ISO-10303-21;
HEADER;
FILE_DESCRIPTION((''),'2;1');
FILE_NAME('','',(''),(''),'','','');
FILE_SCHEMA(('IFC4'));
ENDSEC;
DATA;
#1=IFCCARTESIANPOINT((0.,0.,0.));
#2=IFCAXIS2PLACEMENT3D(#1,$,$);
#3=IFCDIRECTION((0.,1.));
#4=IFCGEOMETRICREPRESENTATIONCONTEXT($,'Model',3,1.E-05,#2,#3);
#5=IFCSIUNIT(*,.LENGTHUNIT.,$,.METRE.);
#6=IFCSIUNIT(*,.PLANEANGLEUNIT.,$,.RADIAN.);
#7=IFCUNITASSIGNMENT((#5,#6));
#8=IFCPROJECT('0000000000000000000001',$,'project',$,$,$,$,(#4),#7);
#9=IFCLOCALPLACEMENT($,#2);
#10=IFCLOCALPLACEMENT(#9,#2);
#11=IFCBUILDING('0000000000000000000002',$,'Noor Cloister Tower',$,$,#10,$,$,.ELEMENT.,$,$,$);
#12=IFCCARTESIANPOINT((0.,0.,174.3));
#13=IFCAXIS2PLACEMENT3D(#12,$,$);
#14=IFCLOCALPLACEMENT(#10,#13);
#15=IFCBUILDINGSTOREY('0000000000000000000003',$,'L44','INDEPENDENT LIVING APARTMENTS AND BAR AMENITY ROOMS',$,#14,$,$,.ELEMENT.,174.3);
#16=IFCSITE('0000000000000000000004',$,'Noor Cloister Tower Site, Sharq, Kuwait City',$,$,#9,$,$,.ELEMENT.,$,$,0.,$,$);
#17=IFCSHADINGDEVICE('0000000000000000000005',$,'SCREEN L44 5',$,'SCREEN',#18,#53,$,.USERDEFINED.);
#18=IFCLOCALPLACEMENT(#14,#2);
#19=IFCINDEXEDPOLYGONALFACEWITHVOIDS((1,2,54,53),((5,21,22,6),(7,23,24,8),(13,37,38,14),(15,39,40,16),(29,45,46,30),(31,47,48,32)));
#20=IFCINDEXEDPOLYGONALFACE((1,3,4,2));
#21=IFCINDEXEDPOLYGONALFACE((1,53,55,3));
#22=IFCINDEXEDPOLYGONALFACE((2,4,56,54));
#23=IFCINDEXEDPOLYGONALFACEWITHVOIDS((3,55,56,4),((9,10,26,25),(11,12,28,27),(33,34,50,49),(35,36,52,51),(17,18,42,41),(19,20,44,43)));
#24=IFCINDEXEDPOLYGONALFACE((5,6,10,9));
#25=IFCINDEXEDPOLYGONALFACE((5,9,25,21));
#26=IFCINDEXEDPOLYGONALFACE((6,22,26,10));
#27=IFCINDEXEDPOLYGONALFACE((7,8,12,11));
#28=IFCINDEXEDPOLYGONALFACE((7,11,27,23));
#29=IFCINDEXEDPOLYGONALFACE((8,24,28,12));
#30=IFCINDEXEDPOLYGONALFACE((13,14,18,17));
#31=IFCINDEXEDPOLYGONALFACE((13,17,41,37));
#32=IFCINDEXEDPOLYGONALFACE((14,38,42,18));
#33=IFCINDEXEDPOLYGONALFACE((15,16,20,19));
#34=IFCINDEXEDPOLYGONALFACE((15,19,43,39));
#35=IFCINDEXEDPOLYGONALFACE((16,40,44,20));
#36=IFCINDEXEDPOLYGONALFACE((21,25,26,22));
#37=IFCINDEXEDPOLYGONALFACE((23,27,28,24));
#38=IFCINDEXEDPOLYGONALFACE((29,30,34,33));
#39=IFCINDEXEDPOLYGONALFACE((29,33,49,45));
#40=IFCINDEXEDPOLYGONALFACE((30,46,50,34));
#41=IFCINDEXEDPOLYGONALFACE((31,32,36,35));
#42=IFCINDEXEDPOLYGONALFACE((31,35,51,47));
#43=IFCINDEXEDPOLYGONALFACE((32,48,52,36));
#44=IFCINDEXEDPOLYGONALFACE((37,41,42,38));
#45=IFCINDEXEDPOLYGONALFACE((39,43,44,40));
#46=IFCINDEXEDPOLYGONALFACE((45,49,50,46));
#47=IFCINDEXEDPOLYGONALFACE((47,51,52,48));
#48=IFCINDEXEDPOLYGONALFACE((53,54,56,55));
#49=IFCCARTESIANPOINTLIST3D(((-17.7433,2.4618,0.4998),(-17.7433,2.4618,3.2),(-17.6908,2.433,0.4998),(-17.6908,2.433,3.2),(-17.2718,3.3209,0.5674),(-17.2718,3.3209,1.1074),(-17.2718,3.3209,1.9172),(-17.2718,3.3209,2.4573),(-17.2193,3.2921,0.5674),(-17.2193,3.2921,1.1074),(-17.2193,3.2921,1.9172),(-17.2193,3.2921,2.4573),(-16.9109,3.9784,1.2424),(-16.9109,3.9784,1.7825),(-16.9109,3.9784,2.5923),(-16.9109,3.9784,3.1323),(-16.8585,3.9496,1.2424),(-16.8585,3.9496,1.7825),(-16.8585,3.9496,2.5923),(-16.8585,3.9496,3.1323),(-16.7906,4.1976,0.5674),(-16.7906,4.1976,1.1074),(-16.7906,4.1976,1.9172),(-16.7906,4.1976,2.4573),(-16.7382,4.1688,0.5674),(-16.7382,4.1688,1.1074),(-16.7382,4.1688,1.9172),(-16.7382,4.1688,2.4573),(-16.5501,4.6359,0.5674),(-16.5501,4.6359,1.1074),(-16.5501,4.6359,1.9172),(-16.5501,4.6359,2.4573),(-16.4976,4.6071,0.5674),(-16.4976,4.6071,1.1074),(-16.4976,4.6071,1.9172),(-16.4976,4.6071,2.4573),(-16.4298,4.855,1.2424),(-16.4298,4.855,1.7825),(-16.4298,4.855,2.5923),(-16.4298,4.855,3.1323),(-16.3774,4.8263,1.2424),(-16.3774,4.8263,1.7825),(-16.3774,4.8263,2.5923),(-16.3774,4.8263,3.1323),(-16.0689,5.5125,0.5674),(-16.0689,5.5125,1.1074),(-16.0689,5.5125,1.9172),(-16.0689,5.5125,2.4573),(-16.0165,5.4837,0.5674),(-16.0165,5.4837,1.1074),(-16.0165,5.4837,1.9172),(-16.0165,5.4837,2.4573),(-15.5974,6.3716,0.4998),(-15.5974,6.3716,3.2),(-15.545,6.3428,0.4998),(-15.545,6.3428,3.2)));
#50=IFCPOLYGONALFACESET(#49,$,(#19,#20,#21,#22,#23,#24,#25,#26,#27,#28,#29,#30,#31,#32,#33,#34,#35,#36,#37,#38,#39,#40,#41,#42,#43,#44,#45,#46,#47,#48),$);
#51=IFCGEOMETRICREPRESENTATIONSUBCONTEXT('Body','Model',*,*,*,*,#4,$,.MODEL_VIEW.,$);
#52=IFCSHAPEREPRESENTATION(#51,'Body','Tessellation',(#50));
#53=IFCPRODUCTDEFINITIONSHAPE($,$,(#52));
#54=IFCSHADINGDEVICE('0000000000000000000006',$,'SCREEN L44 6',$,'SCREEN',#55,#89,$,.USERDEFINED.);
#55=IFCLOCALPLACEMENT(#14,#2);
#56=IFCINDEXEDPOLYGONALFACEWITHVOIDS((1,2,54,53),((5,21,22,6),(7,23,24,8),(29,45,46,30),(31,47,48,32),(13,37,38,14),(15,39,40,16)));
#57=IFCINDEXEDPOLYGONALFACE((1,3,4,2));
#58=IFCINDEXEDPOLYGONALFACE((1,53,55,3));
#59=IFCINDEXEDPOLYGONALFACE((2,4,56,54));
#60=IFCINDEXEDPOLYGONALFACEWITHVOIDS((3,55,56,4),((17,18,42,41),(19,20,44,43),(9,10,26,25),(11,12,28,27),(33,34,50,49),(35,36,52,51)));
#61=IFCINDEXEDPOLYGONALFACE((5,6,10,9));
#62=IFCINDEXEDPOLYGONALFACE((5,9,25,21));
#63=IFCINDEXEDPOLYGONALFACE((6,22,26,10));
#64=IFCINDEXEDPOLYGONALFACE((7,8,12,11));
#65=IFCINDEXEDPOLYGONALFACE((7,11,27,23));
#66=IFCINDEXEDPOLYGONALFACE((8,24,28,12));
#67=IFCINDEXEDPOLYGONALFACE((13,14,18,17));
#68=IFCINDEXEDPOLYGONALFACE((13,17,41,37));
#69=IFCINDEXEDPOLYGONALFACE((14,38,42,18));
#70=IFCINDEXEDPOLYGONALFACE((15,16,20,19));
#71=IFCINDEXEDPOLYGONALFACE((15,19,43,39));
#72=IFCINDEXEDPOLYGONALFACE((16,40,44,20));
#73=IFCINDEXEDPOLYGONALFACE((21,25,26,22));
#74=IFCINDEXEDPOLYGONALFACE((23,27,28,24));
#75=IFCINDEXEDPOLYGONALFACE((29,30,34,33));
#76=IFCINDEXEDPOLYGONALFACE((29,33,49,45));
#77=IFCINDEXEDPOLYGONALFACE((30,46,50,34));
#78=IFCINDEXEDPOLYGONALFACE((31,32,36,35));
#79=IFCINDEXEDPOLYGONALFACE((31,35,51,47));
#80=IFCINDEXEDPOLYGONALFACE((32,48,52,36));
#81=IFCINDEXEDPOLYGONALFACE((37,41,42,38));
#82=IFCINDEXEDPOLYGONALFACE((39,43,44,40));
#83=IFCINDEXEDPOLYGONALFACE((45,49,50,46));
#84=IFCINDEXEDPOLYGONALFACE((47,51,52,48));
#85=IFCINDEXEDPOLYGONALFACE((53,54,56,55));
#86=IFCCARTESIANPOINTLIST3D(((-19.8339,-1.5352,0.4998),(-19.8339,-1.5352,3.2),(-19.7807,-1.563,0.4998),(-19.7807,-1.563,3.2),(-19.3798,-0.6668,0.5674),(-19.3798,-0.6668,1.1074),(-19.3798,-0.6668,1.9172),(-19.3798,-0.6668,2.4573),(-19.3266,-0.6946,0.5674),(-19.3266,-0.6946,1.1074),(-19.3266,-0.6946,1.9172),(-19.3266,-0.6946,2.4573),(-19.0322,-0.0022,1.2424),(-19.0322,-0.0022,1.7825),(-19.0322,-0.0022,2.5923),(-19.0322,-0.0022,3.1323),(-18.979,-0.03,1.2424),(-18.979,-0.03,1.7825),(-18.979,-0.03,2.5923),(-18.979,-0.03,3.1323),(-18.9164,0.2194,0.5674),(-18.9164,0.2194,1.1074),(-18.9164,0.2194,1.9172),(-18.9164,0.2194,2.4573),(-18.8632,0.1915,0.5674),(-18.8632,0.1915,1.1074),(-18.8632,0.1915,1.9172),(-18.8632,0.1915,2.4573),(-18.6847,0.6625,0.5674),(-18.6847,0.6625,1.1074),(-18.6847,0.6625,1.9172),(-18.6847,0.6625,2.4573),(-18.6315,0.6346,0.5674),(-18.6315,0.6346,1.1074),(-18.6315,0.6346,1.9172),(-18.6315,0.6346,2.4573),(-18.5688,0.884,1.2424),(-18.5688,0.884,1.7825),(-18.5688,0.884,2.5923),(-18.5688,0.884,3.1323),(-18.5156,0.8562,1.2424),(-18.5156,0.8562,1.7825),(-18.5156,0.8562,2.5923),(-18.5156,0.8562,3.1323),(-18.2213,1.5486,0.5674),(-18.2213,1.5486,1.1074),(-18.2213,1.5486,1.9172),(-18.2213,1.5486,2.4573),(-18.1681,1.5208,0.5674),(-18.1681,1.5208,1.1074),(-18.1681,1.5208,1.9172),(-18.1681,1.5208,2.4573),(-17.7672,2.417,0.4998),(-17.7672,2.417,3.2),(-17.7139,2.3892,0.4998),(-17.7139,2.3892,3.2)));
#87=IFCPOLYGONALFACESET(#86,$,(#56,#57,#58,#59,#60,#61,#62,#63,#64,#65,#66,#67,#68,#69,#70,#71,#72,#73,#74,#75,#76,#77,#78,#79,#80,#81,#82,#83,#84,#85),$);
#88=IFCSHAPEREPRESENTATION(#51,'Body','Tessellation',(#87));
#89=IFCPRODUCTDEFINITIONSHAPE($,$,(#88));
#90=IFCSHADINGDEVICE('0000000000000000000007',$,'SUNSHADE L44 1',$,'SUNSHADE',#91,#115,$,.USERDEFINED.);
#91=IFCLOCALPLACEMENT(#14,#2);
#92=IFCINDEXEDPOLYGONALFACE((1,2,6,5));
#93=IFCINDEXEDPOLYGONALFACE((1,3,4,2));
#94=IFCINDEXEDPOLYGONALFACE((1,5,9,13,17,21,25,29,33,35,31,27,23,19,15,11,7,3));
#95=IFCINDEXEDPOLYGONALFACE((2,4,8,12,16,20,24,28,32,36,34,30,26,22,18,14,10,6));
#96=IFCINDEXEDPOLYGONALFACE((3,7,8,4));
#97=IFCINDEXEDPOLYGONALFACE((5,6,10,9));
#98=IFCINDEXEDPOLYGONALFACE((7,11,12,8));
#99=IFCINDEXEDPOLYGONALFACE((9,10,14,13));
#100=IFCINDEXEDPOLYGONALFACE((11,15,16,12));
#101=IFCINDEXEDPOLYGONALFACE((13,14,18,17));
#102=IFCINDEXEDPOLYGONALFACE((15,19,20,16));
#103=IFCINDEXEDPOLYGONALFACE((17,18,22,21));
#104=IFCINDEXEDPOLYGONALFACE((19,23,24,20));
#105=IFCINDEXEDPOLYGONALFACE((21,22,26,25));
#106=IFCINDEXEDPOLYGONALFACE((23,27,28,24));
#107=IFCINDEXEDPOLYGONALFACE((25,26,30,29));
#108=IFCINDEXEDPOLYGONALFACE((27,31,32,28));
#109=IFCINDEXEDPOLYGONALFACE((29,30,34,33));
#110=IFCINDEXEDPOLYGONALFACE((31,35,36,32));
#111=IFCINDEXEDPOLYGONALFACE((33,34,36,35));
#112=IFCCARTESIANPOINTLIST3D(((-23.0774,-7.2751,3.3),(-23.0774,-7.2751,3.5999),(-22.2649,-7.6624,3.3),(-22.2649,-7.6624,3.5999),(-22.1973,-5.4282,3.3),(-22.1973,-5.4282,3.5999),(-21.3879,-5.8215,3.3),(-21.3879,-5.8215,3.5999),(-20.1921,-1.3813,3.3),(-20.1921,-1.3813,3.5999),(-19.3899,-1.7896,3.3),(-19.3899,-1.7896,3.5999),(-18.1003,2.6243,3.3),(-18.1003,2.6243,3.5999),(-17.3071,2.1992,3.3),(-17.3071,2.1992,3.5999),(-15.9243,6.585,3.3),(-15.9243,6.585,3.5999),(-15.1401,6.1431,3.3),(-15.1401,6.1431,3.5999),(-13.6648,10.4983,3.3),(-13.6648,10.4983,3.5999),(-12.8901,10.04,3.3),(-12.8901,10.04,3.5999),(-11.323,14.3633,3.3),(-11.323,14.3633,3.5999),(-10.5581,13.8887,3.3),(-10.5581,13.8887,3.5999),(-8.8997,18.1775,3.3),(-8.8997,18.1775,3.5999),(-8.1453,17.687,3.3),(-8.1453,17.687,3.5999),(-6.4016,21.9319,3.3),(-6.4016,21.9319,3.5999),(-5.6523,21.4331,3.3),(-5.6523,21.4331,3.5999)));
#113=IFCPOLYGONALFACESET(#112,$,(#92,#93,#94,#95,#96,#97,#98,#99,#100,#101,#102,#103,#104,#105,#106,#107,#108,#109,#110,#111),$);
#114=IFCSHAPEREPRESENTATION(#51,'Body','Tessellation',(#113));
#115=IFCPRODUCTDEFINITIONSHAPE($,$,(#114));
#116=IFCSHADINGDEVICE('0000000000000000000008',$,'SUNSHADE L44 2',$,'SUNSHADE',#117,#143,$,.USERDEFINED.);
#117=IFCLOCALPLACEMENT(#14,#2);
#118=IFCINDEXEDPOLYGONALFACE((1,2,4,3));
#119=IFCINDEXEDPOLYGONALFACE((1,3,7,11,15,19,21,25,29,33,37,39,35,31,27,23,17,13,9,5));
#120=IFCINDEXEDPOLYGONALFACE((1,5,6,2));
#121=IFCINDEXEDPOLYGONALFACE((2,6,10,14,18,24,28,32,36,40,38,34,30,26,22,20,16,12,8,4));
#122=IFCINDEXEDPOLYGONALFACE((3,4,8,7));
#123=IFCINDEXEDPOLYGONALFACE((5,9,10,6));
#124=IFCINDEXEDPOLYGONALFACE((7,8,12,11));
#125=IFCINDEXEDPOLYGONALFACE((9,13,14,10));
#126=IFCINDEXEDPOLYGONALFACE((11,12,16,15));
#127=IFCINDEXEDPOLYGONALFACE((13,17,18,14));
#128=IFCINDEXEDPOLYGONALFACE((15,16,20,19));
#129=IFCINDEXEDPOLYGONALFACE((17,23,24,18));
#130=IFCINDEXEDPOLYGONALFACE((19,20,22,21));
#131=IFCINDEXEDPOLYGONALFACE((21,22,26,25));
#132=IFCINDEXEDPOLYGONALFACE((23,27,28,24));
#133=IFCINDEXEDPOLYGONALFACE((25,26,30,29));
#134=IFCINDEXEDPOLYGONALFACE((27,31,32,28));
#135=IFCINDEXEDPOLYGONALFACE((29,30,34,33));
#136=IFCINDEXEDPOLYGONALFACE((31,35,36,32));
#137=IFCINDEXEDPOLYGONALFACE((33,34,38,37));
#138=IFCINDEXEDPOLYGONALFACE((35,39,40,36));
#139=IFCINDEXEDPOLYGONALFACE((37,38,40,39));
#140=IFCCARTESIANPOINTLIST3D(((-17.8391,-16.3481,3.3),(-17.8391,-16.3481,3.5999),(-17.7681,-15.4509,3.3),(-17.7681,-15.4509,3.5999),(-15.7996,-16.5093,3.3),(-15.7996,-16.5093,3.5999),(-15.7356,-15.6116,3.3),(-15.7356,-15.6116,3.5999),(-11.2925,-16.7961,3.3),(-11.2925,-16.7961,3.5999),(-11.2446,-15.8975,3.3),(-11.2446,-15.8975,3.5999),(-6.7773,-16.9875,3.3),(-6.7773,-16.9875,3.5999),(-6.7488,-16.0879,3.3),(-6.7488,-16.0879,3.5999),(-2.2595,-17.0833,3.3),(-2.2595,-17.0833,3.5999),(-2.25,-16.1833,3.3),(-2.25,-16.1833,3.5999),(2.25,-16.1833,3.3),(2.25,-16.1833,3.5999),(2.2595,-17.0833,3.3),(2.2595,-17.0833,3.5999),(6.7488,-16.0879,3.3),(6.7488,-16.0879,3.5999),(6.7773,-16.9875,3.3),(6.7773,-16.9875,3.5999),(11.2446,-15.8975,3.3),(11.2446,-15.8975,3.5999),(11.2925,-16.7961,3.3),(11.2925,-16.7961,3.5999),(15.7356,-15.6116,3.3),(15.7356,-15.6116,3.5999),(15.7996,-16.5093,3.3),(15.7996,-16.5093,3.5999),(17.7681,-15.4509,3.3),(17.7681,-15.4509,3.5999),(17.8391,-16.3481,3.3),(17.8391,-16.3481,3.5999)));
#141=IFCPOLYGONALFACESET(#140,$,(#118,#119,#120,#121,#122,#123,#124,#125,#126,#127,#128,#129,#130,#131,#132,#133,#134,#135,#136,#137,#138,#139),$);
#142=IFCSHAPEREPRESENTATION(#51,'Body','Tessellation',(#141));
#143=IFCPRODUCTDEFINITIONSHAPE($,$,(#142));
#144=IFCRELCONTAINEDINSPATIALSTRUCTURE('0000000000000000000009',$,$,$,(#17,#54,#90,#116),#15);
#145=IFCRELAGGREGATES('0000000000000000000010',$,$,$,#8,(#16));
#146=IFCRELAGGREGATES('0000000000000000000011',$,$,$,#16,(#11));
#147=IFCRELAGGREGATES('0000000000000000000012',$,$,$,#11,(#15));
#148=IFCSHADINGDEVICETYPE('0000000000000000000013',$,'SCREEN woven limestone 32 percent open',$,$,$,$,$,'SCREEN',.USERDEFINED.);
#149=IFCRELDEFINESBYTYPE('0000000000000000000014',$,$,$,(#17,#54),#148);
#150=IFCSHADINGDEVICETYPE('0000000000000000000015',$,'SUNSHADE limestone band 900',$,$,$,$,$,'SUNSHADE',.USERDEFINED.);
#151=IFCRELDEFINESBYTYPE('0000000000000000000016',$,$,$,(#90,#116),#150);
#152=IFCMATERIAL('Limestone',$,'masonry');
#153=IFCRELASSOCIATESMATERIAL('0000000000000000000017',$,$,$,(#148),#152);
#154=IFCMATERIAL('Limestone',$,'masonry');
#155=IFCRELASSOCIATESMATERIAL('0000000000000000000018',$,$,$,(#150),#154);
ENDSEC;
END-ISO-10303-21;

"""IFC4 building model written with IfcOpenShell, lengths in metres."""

from ifc_helpers import new_model, si_unit, direction, frame, origin, place, context, subcontext, project, spatial, polyline, outline, extrude, material, material_profile, profile_set, type_object, element, save


model = new_model("IFC4")

# Units and contexts
model_context = context("Model", 3, precision=1e-05, world=origin(), true_north=direction((0.0, 1.0)))
body_context = subcontext(model_context, "Body", "Model", "MODEL_VIEW")
ifc_project = project(units=[si_unit("LENGTHUNIT", "METRE"), si_unit("PLANEANGLEUNIT", "RADIAN")], contexts=[model_context])

# Site, building, storey
site_placement = place(None, origin())
site = spatial("IfcSite", under=ifc_project, at=site_placement, Name="Noor Cloister Tower Site, Sharq, Kuwait City", CompositionType="ELEMENT", RefElevation=0.0)
building_placement = place(site_placement, origin())
building = spatial("IfcBuilding", under=site, at=building_placement, Name="Noor Cloister Tower", CompositionType="ELEMENT")
storey_placement = place(building_placement, frame((0.0, 0.0, 174.3)))
storey = spatial("IfcBuildingStorey", under=building, at=storey_placement, Name="L44", Description="INDEPENDENT LIVING APARTMENTS AND BAR AMENITY ROOMS", CompositionType="ELEMENT", Elevation=174.3)

# Shading devices
ifc_material_1 = material(Name="Limestone", Category="masonry")
ifc_material_profile_1 = material_profile(ifc_material_1, outline(polyline([(-2.23, -1.3501), (2.23, -1.3501), (2.23, 1.3501), (-2.23, 1.3501), (-2.23, -1.3501)]), holes=[polyline([(-1.25, -1.2825), (-0.25, -1.2825), (-0.25, -0.7424), (-1.25, -0.7424), (-1.25, -1.2825)]), polyline([(0.25, -1.2825), (1.25, -1.2825), (1.25, -0.7424), (0.25, -0.7424), (0.25, -1.2825)]), polyline([(-0.5, -0.6074), (0.5, -0.6074), (0.5, -0.0674), (-0.5, -0.0674), (-0.5, -0.6074)]), polyline([(-1.25, 0.0674), (-0.25, 0.0674), (-0.25, 0.6074), (-1.25, 0.6074), (-1.25, 0.0674)]), polyline([(0.25, 0.0674), (1.25, 0.0674), (1.25, 0.6074), (0.25, 0.6074), (0.25, 0.0674)]), polyline([(-0.5, 0.7424), (0.5, 0.7424), (0.5, 1.2825), (-0.5, 1.2825), (-0.5, 0.7424)])]), Name="Woven screen 32 percent open")
ifc_profile_set_1 = profile_set([ifc_material_profile_1], Name="Limestone")
shading_device_type_1 = type_object("IfcShadingDeviceType", Name="SCREEN woven limestone 32 percent open", ElementType="SCREEN", PredefinedType="USERDEFINED", material=ifc_profile_set_1)
shading_device_1_placement = place(storey_placement, frame((-16.6179, 4.3879, 1.8499), z_axis=(-0.876646, 0.481136, 0.0), x_axis=(-0.481136, -0.876646, 0.0)))
element("IfcShadingDevice", 1, at=shading_device_1_placement, inside=storey, type_object=shading_device_type_1, Name="SCREEN L44 5", ObjectType="SCREEN", PredefinedType="USERDEFINED", context=body_context, shape_type="SweptSolid", body=[
    extrude(outline(polyline([(-2.23, -1.3501), (2.23, -1.3501), (2.23, 1.3501), (-2.23, 1.3501), (-2.23, -1.3501)]), holes=[polyline([(-1.25, -1.2825), (-0.25, -1.2825), (-0.25, -0.7424), (-1.25, -0.7424), (-1.25, -1.2825)]), polyline([(0.25, -1.2825), (1.25, -1.2825), (1.25, -0.7424), (0.25, -0.7424), (0.25, -1.2825)]), polyline([(-0.5, -0.6074), (0.5, -0.6074), (0.5, -0.0674), (-0.5, -0.0674), (-0.5, -0.6074)]), polyline([(-1.25, 0.0674), (-0.25, 0.0674), (-0.25, 0.6074), (-1.25, 0.6074), (-1.25, 0.0674)]), polyline([(0.25, 0.0674), (1.25, 0.0674), (1.25, 0.6074), (0.25, 0.6074), (0.25, 0.0674)]), polyline([(-0.5, 0.7424), (0.5, 0.7424), (0.5, 1.2825), (-0.5, 1.2825), (-0.5, 0.7424)])]), origin(), (0.0, 0.0, 1.0), 0.0598),
])
shading_device_2_placement = place(storey_placement, frame((-18.7473, 0.4131, 1.8499), z_axis=(-0.88615, 0.463399, 0.0), x_axis=(-0.463399, -0.88615, 0.0)))
element("IfcShadingDevice", 2, at=shading_device_2_placement, inside=storey, type_object=shading_device_type_1, Name="SCREEN L44 6", ObjectType="SCREEN", PredefinedType="USERDEFINED", context=body_context, shape_type="SweptSolid", body=[
    extrude(outline(polyline([(-2.23, -1.3501), (2.23, -1.3501), (2.23, 1.3501), (-2.23, 1.3501), (-2.23, -1.3501)]), holes=[polyline([(-1.25, -1.2825), (-0.25, -1.2825), (-0.25, -0.7424), (-1.25, -0.7424), (-1.25, -1.2825)]), polyline([(0.25, -1.2825), (1.25, -1.2825), (1.25, -0.7424), (0.25, -0.7424), (0.25, -1.2825)]), polyline([(-0.5, -0.6074), (0.5, -0.6074), (0.5, -0.0674), (-0.5, -0.0674), (-0.5, -0.6074)]), polyline([(-1.25, 0.0674), (-0.25, 0.0674), (-0.25, 0.6074), (-1.25, 0.6074), (-1.25, 0.0674)]), polyline([(0.25, 0.0674), (1.25, 0.0674), (1.25, 0.6074), (0.25, 0.6074), (0.25, 0.0674)]), polyline([(-0.5, 0.7424), (0.5, 0.7424), (0.5, 1.2825), (-0.5, 1.2825), (-0.5, 0.7424)])]), origin(), (0.0, 0.0, 1.0), 0.0601),
])
ifc_material_2 = material(Name="Limestone", Category="masonry")
shading_device_type_2 = type_object("IfcShadingDeviceType", Name="SUNSHADE limestone band 900", ElementType="SUNSHADE", PredefinedType="USERDEFINED", material=ifc_material_2)
shading_device_3_placement = place(storey_placement, frame((0.0, 0.0, 3.3)))
element("IfcShadingDevice", 3, at=shading_device_3_placement, inside=storey, type_object=shading_device_type_2, Name="SUNSHADE L44 1", ObjectType="SUNSHADE", PredefinedType="USERDEFINED", context=body_context, shape_type="SweptSolid", body=[
    extrude(outline(polyline([(-6.4016, 21.9319), (-8.8997, 18.1775), (-11.323, 14.3633), (-13.6648, 10.4983), (-15.9243, 6.585), (-18.1003, 2.6243), (-20.1921, -1.3813), (-22.1973, -5.4282), (-23.0774, -7.2751), (-22.2649, -7.6624), (-21.3879, -5.8215), (-19.3899, -1.7896), (-17.3071, 2.1992), (-15.1401, 6.1431), (-12.8901, 10.04), (-10.5581, 13.8887), (-8.1453, 17.687), (-5.6523, 21.4331), (-6.4016, 21.9319)])), origin(), (0.0, 0.0, 1.0), 0.2998),
])
shading_device_4_placement = place(storey_placement, frame((0.0, 0.0, 3.3)))
element("IfcShadingDevice", 4, at=shading_device_4_placement, inside=storey, type_object=shading_device_type_2, Name="SUNSHADE L44 2", ObjectType="SUNSHADE", PredefinedType="USERDEFINED", context=body_context, shape_type="SweptSolid", body=[
    extrude(outline(polyline([(-17.8391, -16.3481), (-15.7996, -16.5093), (-11.2925, -16.7961), (-6.7773, -16.9875), (-2.2595, -17.0833), (2.2595, -17.0833), (6.7773, -16.9875), (11.2925, -16.7961), (15.7996, -16.5093), (17.8391, -16.3481), (17.7681, -15.4509), (15.7356, -15.6116), (11.2446, -15.8975), (6.7488, -16.0879), (2.25, -16.1833), (-2.25, -16.1833), (-6.7488, -16.0879), (-11.2446, -15.8975), (-15.7356, -15.6116), (-17.7681, -15.4509), (-17.8391, -16.3481)])), origin(), (0.0, 0.0, 1.0), 0.2998),
])

save(model, "model.ifc")
